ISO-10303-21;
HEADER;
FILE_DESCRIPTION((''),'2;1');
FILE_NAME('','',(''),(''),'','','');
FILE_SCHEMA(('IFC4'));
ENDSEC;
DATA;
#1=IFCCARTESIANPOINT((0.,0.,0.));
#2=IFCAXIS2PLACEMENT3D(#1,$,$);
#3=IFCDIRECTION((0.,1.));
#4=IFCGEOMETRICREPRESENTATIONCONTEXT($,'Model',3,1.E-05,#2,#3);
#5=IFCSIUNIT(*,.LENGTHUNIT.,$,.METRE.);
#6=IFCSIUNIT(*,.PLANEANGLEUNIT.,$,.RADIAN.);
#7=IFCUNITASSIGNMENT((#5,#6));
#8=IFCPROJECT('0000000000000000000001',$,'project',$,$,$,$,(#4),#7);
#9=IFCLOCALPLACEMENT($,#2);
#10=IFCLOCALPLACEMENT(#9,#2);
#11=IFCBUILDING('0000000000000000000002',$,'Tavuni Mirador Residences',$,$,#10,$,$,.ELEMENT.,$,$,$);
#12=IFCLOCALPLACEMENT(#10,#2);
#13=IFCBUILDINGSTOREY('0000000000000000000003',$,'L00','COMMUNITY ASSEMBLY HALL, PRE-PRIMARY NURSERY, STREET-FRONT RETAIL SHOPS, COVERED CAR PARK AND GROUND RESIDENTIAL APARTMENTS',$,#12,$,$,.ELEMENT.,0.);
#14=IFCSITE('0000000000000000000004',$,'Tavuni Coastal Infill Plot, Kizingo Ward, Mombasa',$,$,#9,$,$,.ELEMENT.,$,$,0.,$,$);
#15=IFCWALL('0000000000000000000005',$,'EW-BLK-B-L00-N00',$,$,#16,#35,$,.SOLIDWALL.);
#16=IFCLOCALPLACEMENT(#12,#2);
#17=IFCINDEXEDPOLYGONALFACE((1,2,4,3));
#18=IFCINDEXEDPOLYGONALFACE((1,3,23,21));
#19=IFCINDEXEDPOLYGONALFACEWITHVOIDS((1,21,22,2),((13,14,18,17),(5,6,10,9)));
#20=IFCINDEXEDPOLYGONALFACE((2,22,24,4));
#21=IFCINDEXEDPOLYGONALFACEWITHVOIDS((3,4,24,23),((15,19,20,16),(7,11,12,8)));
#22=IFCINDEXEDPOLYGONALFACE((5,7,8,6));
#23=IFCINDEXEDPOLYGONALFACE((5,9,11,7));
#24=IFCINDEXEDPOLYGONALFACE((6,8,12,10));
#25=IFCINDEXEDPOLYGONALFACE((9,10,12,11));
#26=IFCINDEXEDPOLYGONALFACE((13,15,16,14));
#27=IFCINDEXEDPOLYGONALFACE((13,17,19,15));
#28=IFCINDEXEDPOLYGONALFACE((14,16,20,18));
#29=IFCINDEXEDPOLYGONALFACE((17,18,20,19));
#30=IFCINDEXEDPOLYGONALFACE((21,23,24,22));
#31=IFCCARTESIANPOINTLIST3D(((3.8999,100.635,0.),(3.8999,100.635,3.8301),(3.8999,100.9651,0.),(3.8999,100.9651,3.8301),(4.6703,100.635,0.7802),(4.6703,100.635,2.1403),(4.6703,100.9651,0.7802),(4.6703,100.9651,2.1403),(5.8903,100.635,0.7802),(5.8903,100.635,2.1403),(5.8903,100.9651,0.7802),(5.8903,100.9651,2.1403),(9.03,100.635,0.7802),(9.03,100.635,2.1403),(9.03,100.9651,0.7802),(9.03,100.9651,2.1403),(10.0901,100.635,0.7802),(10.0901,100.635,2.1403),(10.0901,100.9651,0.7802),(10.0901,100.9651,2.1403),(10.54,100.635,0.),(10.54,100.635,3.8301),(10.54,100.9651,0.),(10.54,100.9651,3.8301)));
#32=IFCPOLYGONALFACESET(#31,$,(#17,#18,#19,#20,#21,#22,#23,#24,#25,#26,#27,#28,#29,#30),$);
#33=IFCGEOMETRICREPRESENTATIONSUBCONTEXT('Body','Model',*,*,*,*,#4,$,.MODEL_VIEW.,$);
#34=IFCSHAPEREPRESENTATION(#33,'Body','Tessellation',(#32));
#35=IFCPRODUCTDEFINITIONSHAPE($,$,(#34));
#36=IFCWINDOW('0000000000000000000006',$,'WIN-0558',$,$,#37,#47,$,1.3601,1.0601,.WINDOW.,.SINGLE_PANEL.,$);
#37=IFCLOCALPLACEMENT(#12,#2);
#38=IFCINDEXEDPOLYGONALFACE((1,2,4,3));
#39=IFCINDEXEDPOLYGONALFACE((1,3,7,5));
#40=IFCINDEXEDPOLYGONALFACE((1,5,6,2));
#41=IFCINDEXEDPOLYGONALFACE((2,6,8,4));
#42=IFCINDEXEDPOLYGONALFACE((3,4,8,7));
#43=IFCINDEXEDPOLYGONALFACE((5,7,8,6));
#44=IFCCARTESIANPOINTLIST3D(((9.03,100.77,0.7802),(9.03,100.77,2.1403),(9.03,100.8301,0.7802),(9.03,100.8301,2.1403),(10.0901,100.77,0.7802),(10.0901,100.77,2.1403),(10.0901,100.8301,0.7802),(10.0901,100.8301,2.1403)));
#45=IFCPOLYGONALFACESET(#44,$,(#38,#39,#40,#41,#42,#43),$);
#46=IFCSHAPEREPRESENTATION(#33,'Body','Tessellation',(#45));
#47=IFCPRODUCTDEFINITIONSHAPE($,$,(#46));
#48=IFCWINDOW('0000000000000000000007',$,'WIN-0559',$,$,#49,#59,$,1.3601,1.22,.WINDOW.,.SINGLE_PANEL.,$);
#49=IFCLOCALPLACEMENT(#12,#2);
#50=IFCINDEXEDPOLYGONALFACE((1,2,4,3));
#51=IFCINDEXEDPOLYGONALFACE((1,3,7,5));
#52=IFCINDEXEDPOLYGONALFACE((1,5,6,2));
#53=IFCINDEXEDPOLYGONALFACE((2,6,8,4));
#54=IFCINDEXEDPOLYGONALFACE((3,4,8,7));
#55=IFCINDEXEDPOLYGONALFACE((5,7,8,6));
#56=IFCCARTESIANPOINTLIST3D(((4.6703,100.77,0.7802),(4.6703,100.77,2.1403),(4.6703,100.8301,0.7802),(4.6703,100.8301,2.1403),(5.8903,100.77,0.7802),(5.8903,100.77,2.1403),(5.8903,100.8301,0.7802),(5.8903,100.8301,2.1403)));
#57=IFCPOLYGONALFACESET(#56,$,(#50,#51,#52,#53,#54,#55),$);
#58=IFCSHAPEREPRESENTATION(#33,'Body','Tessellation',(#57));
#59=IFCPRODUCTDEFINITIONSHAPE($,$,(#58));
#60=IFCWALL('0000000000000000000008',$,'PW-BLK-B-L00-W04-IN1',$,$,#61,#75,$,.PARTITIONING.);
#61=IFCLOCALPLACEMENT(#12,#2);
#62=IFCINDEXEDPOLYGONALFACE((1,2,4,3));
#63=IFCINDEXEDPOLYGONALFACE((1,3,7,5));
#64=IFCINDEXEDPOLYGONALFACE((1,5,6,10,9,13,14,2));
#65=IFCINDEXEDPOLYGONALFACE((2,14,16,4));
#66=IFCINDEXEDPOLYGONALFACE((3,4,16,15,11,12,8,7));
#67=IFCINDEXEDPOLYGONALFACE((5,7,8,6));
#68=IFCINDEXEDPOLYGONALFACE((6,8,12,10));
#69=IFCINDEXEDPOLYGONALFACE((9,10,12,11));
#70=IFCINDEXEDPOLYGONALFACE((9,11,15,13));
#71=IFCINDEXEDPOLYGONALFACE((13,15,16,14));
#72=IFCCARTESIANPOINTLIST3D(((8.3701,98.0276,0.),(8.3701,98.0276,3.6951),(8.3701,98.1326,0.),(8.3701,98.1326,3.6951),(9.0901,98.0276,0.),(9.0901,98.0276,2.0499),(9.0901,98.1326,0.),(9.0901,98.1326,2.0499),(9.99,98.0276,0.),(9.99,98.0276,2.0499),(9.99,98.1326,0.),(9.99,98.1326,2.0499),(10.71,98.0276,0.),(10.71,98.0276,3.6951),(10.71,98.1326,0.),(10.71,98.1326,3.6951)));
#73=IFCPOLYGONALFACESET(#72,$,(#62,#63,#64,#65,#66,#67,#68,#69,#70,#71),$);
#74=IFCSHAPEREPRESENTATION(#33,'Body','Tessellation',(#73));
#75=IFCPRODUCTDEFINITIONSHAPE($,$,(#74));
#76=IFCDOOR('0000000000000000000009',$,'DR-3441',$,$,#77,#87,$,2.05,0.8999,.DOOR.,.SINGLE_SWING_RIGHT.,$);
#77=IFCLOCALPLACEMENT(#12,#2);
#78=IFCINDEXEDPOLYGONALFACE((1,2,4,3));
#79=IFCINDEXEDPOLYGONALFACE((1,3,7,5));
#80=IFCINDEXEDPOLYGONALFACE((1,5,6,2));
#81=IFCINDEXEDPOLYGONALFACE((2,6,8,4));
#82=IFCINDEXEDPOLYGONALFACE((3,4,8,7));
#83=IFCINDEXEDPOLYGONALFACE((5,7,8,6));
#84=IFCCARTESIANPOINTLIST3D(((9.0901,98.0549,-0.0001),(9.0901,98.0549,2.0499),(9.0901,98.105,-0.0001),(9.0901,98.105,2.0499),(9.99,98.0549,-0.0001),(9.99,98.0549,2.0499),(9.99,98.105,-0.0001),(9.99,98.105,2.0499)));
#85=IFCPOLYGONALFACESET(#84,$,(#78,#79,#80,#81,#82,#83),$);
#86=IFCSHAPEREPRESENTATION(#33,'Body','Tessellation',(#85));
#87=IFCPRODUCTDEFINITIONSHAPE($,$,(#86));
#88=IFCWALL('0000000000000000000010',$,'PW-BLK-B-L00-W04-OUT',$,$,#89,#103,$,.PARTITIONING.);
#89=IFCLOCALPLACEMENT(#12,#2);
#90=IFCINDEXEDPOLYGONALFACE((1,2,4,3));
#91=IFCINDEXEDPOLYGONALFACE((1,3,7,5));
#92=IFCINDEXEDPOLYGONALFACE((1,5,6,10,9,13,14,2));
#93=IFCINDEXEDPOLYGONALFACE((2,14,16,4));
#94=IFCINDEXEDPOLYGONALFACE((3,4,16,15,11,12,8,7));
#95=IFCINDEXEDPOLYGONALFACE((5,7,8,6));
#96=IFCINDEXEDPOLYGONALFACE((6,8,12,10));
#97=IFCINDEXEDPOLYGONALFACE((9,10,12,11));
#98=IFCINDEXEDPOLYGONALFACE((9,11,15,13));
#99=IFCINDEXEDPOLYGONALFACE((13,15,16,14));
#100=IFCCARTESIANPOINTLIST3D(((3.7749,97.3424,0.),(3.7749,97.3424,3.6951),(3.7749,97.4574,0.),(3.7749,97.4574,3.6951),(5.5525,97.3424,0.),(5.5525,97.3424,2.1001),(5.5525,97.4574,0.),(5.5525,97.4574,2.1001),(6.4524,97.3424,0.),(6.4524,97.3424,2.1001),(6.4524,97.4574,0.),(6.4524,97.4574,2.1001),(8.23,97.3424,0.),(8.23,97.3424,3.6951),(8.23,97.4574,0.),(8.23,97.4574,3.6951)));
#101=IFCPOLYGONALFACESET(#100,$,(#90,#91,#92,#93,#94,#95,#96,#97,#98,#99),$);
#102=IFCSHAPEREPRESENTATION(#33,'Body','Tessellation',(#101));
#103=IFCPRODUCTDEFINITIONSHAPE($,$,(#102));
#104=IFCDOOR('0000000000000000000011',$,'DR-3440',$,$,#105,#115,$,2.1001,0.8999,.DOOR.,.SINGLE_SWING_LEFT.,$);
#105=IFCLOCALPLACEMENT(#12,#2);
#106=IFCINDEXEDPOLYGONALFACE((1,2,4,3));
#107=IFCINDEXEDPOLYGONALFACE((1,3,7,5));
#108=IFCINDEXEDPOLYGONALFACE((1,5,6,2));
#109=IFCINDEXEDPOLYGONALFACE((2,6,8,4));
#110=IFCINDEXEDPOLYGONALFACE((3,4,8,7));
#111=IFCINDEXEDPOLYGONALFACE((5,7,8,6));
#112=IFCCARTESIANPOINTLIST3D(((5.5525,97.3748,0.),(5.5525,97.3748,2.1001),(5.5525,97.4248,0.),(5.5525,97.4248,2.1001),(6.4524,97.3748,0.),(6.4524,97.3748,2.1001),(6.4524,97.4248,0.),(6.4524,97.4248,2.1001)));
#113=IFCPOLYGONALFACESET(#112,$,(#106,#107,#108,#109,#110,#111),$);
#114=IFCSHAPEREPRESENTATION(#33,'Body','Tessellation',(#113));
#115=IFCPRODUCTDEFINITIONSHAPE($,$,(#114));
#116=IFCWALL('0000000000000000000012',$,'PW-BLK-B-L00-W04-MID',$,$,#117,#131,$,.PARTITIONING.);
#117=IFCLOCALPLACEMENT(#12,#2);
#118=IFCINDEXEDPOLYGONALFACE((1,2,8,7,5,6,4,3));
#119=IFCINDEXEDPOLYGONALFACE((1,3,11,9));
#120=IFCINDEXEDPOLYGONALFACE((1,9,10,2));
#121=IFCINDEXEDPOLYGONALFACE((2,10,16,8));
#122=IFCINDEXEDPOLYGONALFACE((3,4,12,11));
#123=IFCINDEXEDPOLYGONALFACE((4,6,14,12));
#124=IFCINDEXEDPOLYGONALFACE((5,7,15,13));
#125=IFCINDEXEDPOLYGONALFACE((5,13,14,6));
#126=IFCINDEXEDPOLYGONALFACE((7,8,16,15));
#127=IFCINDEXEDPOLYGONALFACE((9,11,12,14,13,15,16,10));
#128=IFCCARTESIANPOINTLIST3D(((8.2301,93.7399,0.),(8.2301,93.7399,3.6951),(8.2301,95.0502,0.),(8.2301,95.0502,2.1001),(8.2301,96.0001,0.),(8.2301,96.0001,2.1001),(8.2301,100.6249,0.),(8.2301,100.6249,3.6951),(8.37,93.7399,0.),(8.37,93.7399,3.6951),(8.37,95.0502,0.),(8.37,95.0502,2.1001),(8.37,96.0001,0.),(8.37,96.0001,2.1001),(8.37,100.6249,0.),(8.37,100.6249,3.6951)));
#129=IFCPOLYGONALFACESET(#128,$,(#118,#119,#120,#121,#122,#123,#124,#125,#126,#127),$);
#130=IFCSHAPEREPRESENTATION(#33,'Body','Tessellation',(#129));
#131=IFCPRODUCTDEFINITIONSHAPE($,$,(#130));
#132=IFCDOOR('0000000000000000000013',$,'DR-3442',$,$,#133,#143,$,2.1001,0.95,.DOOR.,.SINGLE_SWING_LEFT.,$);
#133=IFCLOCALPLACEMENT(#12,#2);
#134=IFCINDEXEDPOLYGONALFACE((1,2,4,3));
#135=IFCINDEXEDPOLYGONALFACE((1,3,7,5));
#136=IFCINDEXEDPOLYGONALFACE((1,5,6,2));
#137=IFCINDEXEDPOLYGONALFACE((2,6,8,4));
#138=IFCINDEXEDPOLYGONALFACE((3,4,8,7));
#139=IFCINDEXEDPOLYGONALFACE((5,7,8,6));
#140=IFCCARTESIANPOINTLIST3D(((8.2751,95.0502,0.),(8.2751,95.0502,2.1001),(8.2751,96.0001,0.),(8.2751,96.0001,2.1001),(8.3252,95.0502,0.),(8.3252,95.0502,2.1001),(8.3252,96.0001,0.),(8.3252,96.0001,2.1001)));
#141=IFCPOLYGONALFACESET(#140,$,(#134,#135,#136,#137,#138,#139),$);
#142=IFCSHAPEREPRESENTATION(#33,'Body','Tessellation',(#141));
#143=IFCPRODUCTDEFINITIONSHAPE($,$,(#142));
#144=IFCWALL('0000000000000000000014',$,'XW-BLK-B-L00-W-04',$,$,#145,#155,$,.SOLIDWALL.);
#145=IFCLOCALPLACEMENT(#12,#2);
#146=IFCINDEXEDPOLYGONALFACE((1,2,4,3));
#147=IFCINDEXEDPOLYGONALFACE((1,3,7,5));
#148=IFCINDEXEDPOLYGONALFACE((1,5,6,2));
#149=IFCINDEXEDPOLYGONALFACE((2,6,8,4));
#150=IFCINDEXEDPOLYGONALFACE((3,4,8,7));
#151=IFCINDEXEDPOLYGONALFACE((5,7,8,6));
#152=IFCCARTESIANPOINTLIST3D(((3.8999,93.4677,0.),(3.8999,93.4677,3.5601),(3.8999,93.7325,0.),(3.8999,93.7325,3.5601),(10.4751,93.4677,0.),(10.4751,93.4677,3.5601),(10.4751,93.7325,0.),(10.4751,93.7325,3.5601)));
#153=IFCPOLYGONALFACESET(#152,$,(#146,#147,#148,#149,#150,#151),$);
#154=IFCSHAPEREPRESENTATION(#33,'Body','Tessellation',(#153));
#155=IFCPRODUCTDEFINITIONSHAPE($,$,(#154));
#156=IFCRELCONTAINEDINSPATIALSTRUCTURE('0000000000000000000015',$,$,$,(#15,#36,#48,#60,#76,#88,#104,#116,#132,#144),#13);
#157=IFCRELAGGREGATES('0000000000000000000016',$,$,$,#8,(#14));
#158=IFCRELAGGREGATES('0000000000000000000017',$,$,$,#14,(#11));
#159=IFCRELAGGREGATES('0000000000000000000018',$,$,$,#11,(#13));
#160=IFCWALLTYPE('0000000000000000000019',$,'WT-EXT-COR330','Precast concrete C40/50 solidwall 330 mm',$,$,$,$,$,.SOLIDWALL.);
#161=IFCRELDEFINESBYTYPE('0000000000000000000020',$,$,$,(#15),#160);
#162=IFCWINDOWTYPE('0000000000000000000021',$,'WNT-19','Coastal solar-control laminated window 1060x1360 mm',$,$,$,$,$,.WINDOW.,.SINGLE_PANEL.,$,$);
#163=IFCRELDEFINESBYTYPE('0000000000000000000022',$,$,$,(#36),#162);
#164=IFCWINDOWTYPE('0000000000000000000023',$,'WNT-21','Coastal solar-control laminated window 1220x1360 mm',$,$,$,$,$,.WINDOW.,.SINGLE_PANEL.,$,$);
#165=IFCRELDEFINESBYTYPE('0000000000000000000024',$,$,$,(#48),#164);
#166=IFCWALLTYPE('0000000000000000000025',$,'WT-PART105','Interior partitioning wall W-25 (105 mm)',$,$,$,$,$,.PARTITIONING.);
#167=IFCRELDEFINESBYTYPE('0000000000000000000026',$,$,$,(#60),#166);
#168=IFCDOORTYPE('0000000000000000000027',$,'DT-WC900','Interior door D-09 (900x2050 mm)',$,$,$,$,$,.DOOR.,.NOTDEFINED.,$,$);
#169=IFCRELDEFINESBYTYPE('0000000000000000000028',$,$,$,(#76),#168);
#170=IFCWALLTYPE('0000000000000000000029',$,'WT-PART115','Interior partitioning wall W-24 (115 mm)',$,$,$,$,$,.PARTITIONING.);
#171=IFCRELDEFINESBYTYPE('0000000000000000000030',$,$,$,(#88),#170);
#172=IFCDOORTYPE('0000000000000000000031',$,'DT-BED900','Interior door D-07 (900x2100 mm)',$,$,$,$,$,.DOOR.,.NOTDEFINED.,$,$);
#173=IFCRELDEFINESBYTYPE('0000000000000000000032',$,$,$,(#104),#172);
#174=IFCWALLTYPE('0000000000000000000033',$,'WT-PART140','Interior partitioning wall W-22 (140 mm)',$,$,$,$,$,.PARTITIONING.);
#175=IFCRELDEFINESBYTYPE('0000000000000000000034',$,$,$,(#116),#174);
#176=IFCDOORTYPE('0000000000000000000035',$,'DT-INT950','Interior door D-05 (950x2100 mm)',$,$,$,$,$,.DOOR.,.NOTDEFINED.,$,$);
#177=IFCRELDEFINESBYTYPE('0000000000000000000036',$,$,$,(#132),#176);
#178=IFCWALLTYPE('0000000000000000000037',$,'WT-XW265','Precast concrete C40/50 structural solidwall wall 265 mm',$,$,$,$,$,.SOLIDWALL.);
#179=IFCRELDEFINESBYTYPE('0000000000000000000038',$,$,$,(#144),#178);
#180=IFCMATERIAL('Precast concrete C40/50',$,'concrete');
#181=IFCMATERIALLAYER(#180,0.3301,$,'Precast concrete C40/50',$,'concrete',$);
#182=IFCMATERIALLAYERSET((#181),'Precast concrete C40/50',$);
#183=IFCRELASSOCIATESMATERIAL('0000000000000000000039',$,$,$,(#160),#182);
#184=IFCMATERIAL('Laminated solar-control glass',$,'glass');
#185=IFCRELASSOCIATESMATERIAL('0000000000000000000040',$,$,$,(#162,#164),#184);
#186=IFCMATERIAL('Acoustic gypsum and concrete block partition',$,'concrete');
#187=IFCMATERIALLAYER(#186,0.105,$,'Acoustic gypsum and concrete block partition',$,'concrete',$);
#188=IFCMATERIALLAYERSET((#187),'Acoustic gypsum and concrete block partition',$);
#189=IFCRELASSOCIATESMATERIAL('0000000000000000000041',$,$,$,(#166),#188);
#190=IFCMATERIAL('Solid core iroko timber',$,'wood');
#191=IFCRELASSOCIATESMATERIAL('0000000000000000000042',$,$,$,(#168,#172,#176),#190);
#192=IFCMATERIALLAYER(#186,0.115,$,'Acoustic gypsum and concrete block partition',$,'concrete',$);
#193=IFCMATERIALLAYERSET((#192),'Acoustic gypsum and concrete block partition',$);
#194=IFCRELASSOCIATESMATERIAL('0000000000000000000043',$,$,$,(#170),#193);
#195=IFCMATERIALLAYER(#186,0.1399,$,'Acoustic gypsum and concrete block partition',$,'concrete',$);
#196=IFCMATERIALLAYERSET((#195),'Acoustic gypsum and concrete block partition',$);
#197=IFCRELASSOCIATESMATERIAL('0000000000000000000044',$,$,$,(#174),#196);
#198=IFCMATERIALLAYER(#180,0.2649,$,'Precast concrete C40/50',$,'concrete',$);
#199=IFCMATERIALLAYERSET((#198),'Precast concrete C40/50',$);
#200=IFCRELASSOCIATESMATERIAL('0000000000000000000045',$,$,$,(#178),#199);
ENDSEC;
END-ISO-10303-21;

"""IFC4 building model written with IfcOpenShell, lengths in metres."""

from ifc_helpers import new_model, si_unit, direction, frame, frame_2d, origin, place, context, subcontext, project, spatial, rectangle, extrude, material, layer, layer_set, type_object, element, fill, save


model = new_model("IFC4")

# Units and contexts
model_context = context("Model", 3, precision=1e-05, world=origin(), true_north=direction((0.0, 1.0)))
body_context = subcontext(model_context, "Body", "Model", "MODEL_VIEW")
ifc_project = project(units=[si_unit("LENGTHUNIT", "METRE"), si_unit("PLANEANGLEUNIT", "RADIAN")], contexts=[model_context])

# Site, building, storey
site_placement = place(None, origin())
site = spatial("IfcSite", under=ifc_project, at=site_placement, Name="Tavuni Coastal Infill Plot, Kizingo Ward, Mombasa", CompositionType="ELEMENT", RefElevation=0.0)
building_placement = place(site_placement, origin())
building = spatial("IfcBuilding", under=site, at=building_placement, Name="Tavuni Mirador Residences", CompositionType="ELEMENT")
storey_placement = place(building_placement, origin())
storey = spatial("IfcBuildingStorey", under=building, at=storey_placement, Name="L00", Description="COMMUNITY ASSEMBLY HALL, PRE-PRIMARY NURSERY, STREET-FRONT RETAIL SHOPS, COVERED CAR PARK AND GROUND RESIDENTIAL APARTMENTS", CompositionType="ELEMENT", Elevation=0.0)

# Shared definitions
ifc_material_1 = material(Name="Precast concrete C40/50", Category="concrete")

# Shared definitions
ifc_material_2 = material(Name="Solid core iroko timber", Category="wood")

# Wall, openings, windows
ifc_layer_1 = layer(ifc_material_1, 0.3301, Name="Precast concrete C40/50", Category="concrete")
ifc_layer_set_1 = layer_set([ifc_layer_1], Name="Precast concrete C40/50")
wall_type_1 = type_object("IfcWallType", Name="WT-EXT-COR330", Description="Precast concrete C40/50 solidwall 330 mm", PredefinedType="SOLIDWALL", material=ifc_layer_set_1)
wall_1_placement = place(storey_placement, frame((10.54, 100.8, 0.0), z_axis=(0.0, 0.0, 1.0), x_axis=(-1.0, 0.0, 0.0)))
wall_1 = element("IfcWall", 1, at=wall_1_placement, inside=storey, type_object=wall_type_1, Name="EW-BLK-B-L00-N00", PredefinedType="SOLIDWALL", context=body_context, shape_type="SweptSolid", body=[
    extrude(rectangle(XDim=6.6401, YDim=0.3301, at=frame_2d((3.3201, 0.0))), origin(), (0.0, 0.0, 1.0), 3.8301),
])
opening_1_placement = place(wall_1_placement, frame((0.45, 0.0, 0.78)))
opening_1 = element("IfcOpeningElement", 2, at=opening_1_placement, cuts=wall_1, PredefinedType="OPENING", context=body_context, shape_type="SweptSolid", body=[
    extrude(rectangle(XDim=1.0601, YDim=1.3601, at=frame_2d((0.53, 0.6802))), frame((0.0, 0.175, 0.0), z_axis=(0.0, -1.0, 0.0), x_axis=(1.0, 0.0, 0.0)), (0.0, 0.0, 1.0), 0.3501),
])
opening_2_placement = place(wall_1_placement, frame((4.6499, 0.0, 0.78)))
opening_2 = element("IfcOpeningElement", 3, at=opening_2_placement, cuts=wall_1, PredefinedType="OPENING", context=body_context, shape_type="SweptSolid", body=[
    extrude(rectangle(XDim=1.22, YDim=1.3601, at=frame_2d((0.6099, 0.6802))), frame((0.0, 0.175, 0.0), z_axis=(0.0, -1.0, 0.0), x_axis=(1.0, 0.0, 0.0)), (0.0, 0.0, 1.0), 0.3501),
])
ifc_material_3 = material(Name="Laminated solar-control glass", Category="glass")
window_type_1 = type_object("IfcWindowType", Name="WNT-19", Description="Coastal solar-control laminated window 1060x1360 mm", PartitioningType="SINGLE_PANEL", PredefinedType="WINDOW", material=ifc_material_3)
window_1_placement = place(opening_1_placement, origin())
window_1 = element("IfcWindow", 4, at=window_1_placement, inside=storey, type_object=window_type_1, Name="WIN-0558", OverallHeight=1.3601, OverallWidth=1.0601, PartitioningType="SINGLE_PANEL", PredefinedType="WINDOW", context=body_context, shape_type="SweptSolid", body=[
    extrude(rectangle(XDim=1.0601, YDim=1.3601, at=frame_2d((0.53, 0.6802))), frame((0.0, 0.03, 0.0), z_axis=(0.0, -1.0, 0.0), x_axis=(1.0, 0.0, 0.0)), (0.0, 0.0, 1.0), 0.0601),
])
fill(opening_1, window_1)
window_type_2 = type_object("IfcWindowType", Name="WNT-21", Description="Coastal solar-control laminated window 1220x1360 mm", PartitioningType="SINGLE_PANEL", PredefinedType="WINDOW", material=ifc_material_3)
window_2_placement = place(opening_2_placement, origin())
window_2 = element("IfcWindow", 5, at=window_2_placement, inside=storey, type_object=window_type_2, Name="WIN-0559", OverallHeight=1.3601, OverallWidth=1.22, PartitioningType="SINGLE_PANEL", PredefinedType="WINDOW", context=body_context, shape_type="SweptSolid", body=[
    extrude(rectangle(XDim=1.22, YDim=1.3601, at=frame_2d((0.6099, 0.6802))), frame((0.0, 0.03, 0.0), z_axis=(0.0, -1.0, 0.0), x_axis=(1.0, 0.0, 0.0)), (0.0, 0.0, 1.0), 0.0601),
])
fill(opening_2, window_2)

# Walls, openings, doors
ifc_material_4 = material(Name="Acoustic gypsum and concrete block partition", Category="concrete")
ifc_layer_2 = layer(ifc_material_4, 0.105, Name="Acoustic gypsum and concrete block partition", Category="concrete")
ifc_layer_set_2 = layer_set([ifc_layer_2], Name="Acoustic gypsum and concrete block partition")
wall_type_2 = type_object("IfcWallType", Name="WT-PART105", Description="Interior partitioning wall W-25 (105 mm)", PredefinedType="PARTITIONING", material=ifc_layer_set_2)
wall_2_placement = place(storey_placement, frame((8.3701, 98.0801, 0.0), z_axis=(0.0, 0.0, 1.0), x_axis=(1.0, 0.0, 0.0)))
wall_2 = element("IfcWall", 6, at=wall_2_placement, inside=storey, type_object=wall_type_2, Name="PW-BLK-B-L00-W04-IN1", PredefinedType="PARTITIONING", context=body_context, shape_type="SweptSolid", body=[
    extrude(rectangle(XDim=2.3398, YDim=0.105, at=frame_2d((1.1699, 0.0))), origin(), (0.0, 0.0, 1.0), 3.6951),
])
opening_3_placement = place(wall_2_placement, frame((0.72, 0.0, 0.0)))
opening_3 = element("IfcOpeningElement", 7, at=opening_3_placement, cuts=wall_2, PredefinedType="OPENING", context=body_context, shape_type="SweptSolid", body=[
    extrude(rectangle(XDim=0.8999, YDim=2.05, at=frame_2d((0.45, 1.0249))), frame((0.0, 0.0625, 0.0), z_axis=(0.0, -1.0, 0.0), x_axis=(1.0, 0.0, 0.0)), (0.0, 0.0, 1.0), 0.125),
])
door_type_1 = type_object("IfcDoorType", Name="DT-WC900", Description="Interior door D-09 (900x2050 mm)", OperationType="NOTDEFINED", PredefinedType="DOOR", material=ifc_material_2)
door_1_placement = place(opening_3_placement, origin())
door_1 = element("IfcDoor", 8, at=door_1_placement, inside=storey, type_object=door_type_1, Name="DR-3441", OperationType="SINGLE_SWING_RIGHT", OverallHeight=2.05, OverallWidth=0.8999, PredefinedType="DOOR", context=body_context, shape_type="SweptSolid", body=[
    extrude(rectangle(XDim=0.8999, YDim=2.05, at=frame_2d((0.45, 1.0249))), frame((0.0, 0.0249, 0.0), z_axis=(0.0, -1.0, 0.0), x_axis=(1.0, 0.0, 0.0)), (0.0, 0.0, 1.0), 0.05),
])
fill(opening_3, door_1)
ifc_layer_3 = layer(ifc_material_4, 0.115, Name="Acoustic gypsum and concrete block partition", Category="concrete")
ifc_layer_set_3 = layer_set([ifc_layer_3], Name="Acoustic gypsum and concrete block partition")
wall_type_3 = type_object("IfcWallType", Name="WT-PART115", Description="Interior partitioning wall W-24 (115 mm)", PredefinedType="PARTITIONING", material=ifc_layer_set_3)
wall_3_placement = place(storey_placement, frame((3.7749, 97.3999, 0.0), z_axis=(0.0, 0.0, 1.0), x_axis=(1.0, 0.0, 0.0)))
wall_3 = element("IfcWall", 9, at=wall_3_placement, inside=storey, type_object=wall_type_3, Name="PW-BLK-B-L00-W04-OUT", PredefinedType="PARTITIONING", context=body_context, shape_type="SweptSolid", body=[
    extrude(rectangle(XDim=4.4551, YDim=0.115, at=frame_2d((2.2275, 0.0))), origin(), (0.0, 0.0, 1.0), 3.6951),
])
opening_4_placement = place(wall_3_placement, frame((1.7776, 0.0, 0.0)))
opening_4 = element("IfcOpeningElement", 10, at=opening_4_placement, cuts=wall_3, PredefinedType="OPENING", context=body_context, shape_type="SweptSolid", body=[
    extrude(rectangle(XDim=0.8999, YDim=2.1001, at=frame_2d((0.45, 1.05))), frame((0.0, 0.0674, 0.0), z_axis=(0.0, -1.0, 0.0), x_axis=(1.0, 0.0, 0.0)), (0.0, 0.0, 1.0), 0.135),
])
door_type_2 = type_object("IfcDoorType", Name="DT-BED900", Description="Interior door D-07 (900x2100 mm)", OperationType="NOTDEFINED", PredefinedType="DOOR", material=ifc_material_2)
door_2_placement = place(opening_4_placement, origin())
door_2 = element("IfcDoor", 11, at=door_2_placement, inside=storey, type_object=door_type_2, Name="DR-3440", OperationType="SINGLE_SWING_LEFT", OverallHeight=2.1001, OverallWidth=0.8999, PredefinedType="DOOR", context=body_context, shape_type="SweptSolid", body=[
    extrude(rectangle(XDim=0.8999, YDim=2.1001, at=frame_2d((0.45, 1.05))), frame((0.0, 0.0249, 0.0), z_axis=(0.0, -1.0, 0.0), x_axis=(1.0, 0.0, 0.0)), (0.0, 0.0, 1.0), 0.05),
])
fill(opening_4, door_2)
ifc_layer_4 = layer(ifc_material_4, 0.1399, Name="Acoustic gypsum and concrete block partition", Category="concrete")
ifc_layer_set_4 = layer_set([ifc_layer_4], Name="Acoustic gypsum and concrete block partition")
wall_type_4 = type_object("IfcWallType", Name="WT-PART140", Description="Interior partitioning wall W-22 (140 mm)", PredefinedType="PARTITIONING", material=ifc_layer_set_4)
wall_4_placement = place(storey_placement, frame((8.3, 93.74, 0.0), z_axis=(0.0, 0.0, 1.0), x_axis=(0.0, 1.0, 0.0)))
wall_4 = element("IfcWall", 12, at=wall_4_placement, inside=storey, type_object=wall_type_4, Name="PW-BLK-B-L00-W04-MID", PredefinedType="PARTITIONING", context=body_context, shape_type="SweptSolid", body=[
    extrude(rectangle(XDim=6.885, YDim=0.1399, at=frame_2d((3.4424, 0.0))), origin(), (0.0, 0.0, 1.0), 3.6951),
])
opening_5_placement = place(wall_4_placement, frame((1.3101, 0.0, 0.0)))
opening_5 = element("IfcOpeningElement", 13, at=opening_5_placement, cuts=wall_4, PredefinedType="OPENING", context=body_context, shape_type="SweptSolid", body=[
    extrude(rectangle(XDim=0.95, YDim=2.1001, at=frame_2d((0.4751, 1.05))), frame((0.0, 0.0801, 0.0), z_axis=(0.0, -1.0, 0.0), x_axis=(1.0, 0.0, 0.0)), (0.0, 0.0, 1.0), 0.1599),
])
door_type_3 = type_object("IfcDoorType", Name="DT-INT950", Description="Interior door D-05 (950x2100 mm)", OperationType="NOTDEFINED", PredefinedType="DOOR", material=ifc_material_2)
door_3_placement = place(opening_5_placement, origin())
door_3 = element("IfcDoor", 14, at=door_3_placement, inside=storey, type_object=door_type_3, Name="DR-3442", OperationType="SINGLE_SWING_LEFT", OverallHeight=2.1001, OverallWidth=0.95, PredefinedType="DOOR", context=body_context, shape_type="SweptSolid", body=[
    extrude(rectangle(XDim=0.95, YDim=2.1001, at=frame_2d((0.4751, 1.05))), frame((0.0, 0.0249, 0.0), z_axis=(0.0, -1.0, 0.0), x_axis=(1.0, 0.0, 0.0)), (0.0, 0.0, 1.0), 0.05),
])
fill(opening_5, door_3)

# Wall
ifc_layer_5 = layer(ifc_material_1, 0.2649, Name="Precast concrete C40/50", Category="concrete")
ifc_layer_set_5 = layer_set([ifc_layer_5], Name="Precast concrete C40/50")
wall_type_5 = type_object("IfcWallType", Name="WT-XW265", Description="Precast concrete C40/50 structural solidwall wall 265 mm", PredefinedType="SOLIDWALL", material=ifc_layer_set_5)
wall_5_placement = place(storey_placement, frame((3.8999, 93.6001, 0.0), z_axis=(0.0, 0.0, 1.0), x_axis=(1.0, 0.0, 0.0)))
element("IfcWall", 15, at=wall_5_placement, inside=storey, type_object=wall_type_5, Name="XW-BLK-B-L00-W-04", PredefinedType="SOLIDWALL", context=body_context, shape_type="SweptSolid", body=[
    extrude(rectangle(XDim=6.5752, YDim=0.2649, at=frame_2d((3.2876, 0.0))), origin(), (0.0, 0.0, 1.0), 3.5601),
])

save(model, "model.ifc")
